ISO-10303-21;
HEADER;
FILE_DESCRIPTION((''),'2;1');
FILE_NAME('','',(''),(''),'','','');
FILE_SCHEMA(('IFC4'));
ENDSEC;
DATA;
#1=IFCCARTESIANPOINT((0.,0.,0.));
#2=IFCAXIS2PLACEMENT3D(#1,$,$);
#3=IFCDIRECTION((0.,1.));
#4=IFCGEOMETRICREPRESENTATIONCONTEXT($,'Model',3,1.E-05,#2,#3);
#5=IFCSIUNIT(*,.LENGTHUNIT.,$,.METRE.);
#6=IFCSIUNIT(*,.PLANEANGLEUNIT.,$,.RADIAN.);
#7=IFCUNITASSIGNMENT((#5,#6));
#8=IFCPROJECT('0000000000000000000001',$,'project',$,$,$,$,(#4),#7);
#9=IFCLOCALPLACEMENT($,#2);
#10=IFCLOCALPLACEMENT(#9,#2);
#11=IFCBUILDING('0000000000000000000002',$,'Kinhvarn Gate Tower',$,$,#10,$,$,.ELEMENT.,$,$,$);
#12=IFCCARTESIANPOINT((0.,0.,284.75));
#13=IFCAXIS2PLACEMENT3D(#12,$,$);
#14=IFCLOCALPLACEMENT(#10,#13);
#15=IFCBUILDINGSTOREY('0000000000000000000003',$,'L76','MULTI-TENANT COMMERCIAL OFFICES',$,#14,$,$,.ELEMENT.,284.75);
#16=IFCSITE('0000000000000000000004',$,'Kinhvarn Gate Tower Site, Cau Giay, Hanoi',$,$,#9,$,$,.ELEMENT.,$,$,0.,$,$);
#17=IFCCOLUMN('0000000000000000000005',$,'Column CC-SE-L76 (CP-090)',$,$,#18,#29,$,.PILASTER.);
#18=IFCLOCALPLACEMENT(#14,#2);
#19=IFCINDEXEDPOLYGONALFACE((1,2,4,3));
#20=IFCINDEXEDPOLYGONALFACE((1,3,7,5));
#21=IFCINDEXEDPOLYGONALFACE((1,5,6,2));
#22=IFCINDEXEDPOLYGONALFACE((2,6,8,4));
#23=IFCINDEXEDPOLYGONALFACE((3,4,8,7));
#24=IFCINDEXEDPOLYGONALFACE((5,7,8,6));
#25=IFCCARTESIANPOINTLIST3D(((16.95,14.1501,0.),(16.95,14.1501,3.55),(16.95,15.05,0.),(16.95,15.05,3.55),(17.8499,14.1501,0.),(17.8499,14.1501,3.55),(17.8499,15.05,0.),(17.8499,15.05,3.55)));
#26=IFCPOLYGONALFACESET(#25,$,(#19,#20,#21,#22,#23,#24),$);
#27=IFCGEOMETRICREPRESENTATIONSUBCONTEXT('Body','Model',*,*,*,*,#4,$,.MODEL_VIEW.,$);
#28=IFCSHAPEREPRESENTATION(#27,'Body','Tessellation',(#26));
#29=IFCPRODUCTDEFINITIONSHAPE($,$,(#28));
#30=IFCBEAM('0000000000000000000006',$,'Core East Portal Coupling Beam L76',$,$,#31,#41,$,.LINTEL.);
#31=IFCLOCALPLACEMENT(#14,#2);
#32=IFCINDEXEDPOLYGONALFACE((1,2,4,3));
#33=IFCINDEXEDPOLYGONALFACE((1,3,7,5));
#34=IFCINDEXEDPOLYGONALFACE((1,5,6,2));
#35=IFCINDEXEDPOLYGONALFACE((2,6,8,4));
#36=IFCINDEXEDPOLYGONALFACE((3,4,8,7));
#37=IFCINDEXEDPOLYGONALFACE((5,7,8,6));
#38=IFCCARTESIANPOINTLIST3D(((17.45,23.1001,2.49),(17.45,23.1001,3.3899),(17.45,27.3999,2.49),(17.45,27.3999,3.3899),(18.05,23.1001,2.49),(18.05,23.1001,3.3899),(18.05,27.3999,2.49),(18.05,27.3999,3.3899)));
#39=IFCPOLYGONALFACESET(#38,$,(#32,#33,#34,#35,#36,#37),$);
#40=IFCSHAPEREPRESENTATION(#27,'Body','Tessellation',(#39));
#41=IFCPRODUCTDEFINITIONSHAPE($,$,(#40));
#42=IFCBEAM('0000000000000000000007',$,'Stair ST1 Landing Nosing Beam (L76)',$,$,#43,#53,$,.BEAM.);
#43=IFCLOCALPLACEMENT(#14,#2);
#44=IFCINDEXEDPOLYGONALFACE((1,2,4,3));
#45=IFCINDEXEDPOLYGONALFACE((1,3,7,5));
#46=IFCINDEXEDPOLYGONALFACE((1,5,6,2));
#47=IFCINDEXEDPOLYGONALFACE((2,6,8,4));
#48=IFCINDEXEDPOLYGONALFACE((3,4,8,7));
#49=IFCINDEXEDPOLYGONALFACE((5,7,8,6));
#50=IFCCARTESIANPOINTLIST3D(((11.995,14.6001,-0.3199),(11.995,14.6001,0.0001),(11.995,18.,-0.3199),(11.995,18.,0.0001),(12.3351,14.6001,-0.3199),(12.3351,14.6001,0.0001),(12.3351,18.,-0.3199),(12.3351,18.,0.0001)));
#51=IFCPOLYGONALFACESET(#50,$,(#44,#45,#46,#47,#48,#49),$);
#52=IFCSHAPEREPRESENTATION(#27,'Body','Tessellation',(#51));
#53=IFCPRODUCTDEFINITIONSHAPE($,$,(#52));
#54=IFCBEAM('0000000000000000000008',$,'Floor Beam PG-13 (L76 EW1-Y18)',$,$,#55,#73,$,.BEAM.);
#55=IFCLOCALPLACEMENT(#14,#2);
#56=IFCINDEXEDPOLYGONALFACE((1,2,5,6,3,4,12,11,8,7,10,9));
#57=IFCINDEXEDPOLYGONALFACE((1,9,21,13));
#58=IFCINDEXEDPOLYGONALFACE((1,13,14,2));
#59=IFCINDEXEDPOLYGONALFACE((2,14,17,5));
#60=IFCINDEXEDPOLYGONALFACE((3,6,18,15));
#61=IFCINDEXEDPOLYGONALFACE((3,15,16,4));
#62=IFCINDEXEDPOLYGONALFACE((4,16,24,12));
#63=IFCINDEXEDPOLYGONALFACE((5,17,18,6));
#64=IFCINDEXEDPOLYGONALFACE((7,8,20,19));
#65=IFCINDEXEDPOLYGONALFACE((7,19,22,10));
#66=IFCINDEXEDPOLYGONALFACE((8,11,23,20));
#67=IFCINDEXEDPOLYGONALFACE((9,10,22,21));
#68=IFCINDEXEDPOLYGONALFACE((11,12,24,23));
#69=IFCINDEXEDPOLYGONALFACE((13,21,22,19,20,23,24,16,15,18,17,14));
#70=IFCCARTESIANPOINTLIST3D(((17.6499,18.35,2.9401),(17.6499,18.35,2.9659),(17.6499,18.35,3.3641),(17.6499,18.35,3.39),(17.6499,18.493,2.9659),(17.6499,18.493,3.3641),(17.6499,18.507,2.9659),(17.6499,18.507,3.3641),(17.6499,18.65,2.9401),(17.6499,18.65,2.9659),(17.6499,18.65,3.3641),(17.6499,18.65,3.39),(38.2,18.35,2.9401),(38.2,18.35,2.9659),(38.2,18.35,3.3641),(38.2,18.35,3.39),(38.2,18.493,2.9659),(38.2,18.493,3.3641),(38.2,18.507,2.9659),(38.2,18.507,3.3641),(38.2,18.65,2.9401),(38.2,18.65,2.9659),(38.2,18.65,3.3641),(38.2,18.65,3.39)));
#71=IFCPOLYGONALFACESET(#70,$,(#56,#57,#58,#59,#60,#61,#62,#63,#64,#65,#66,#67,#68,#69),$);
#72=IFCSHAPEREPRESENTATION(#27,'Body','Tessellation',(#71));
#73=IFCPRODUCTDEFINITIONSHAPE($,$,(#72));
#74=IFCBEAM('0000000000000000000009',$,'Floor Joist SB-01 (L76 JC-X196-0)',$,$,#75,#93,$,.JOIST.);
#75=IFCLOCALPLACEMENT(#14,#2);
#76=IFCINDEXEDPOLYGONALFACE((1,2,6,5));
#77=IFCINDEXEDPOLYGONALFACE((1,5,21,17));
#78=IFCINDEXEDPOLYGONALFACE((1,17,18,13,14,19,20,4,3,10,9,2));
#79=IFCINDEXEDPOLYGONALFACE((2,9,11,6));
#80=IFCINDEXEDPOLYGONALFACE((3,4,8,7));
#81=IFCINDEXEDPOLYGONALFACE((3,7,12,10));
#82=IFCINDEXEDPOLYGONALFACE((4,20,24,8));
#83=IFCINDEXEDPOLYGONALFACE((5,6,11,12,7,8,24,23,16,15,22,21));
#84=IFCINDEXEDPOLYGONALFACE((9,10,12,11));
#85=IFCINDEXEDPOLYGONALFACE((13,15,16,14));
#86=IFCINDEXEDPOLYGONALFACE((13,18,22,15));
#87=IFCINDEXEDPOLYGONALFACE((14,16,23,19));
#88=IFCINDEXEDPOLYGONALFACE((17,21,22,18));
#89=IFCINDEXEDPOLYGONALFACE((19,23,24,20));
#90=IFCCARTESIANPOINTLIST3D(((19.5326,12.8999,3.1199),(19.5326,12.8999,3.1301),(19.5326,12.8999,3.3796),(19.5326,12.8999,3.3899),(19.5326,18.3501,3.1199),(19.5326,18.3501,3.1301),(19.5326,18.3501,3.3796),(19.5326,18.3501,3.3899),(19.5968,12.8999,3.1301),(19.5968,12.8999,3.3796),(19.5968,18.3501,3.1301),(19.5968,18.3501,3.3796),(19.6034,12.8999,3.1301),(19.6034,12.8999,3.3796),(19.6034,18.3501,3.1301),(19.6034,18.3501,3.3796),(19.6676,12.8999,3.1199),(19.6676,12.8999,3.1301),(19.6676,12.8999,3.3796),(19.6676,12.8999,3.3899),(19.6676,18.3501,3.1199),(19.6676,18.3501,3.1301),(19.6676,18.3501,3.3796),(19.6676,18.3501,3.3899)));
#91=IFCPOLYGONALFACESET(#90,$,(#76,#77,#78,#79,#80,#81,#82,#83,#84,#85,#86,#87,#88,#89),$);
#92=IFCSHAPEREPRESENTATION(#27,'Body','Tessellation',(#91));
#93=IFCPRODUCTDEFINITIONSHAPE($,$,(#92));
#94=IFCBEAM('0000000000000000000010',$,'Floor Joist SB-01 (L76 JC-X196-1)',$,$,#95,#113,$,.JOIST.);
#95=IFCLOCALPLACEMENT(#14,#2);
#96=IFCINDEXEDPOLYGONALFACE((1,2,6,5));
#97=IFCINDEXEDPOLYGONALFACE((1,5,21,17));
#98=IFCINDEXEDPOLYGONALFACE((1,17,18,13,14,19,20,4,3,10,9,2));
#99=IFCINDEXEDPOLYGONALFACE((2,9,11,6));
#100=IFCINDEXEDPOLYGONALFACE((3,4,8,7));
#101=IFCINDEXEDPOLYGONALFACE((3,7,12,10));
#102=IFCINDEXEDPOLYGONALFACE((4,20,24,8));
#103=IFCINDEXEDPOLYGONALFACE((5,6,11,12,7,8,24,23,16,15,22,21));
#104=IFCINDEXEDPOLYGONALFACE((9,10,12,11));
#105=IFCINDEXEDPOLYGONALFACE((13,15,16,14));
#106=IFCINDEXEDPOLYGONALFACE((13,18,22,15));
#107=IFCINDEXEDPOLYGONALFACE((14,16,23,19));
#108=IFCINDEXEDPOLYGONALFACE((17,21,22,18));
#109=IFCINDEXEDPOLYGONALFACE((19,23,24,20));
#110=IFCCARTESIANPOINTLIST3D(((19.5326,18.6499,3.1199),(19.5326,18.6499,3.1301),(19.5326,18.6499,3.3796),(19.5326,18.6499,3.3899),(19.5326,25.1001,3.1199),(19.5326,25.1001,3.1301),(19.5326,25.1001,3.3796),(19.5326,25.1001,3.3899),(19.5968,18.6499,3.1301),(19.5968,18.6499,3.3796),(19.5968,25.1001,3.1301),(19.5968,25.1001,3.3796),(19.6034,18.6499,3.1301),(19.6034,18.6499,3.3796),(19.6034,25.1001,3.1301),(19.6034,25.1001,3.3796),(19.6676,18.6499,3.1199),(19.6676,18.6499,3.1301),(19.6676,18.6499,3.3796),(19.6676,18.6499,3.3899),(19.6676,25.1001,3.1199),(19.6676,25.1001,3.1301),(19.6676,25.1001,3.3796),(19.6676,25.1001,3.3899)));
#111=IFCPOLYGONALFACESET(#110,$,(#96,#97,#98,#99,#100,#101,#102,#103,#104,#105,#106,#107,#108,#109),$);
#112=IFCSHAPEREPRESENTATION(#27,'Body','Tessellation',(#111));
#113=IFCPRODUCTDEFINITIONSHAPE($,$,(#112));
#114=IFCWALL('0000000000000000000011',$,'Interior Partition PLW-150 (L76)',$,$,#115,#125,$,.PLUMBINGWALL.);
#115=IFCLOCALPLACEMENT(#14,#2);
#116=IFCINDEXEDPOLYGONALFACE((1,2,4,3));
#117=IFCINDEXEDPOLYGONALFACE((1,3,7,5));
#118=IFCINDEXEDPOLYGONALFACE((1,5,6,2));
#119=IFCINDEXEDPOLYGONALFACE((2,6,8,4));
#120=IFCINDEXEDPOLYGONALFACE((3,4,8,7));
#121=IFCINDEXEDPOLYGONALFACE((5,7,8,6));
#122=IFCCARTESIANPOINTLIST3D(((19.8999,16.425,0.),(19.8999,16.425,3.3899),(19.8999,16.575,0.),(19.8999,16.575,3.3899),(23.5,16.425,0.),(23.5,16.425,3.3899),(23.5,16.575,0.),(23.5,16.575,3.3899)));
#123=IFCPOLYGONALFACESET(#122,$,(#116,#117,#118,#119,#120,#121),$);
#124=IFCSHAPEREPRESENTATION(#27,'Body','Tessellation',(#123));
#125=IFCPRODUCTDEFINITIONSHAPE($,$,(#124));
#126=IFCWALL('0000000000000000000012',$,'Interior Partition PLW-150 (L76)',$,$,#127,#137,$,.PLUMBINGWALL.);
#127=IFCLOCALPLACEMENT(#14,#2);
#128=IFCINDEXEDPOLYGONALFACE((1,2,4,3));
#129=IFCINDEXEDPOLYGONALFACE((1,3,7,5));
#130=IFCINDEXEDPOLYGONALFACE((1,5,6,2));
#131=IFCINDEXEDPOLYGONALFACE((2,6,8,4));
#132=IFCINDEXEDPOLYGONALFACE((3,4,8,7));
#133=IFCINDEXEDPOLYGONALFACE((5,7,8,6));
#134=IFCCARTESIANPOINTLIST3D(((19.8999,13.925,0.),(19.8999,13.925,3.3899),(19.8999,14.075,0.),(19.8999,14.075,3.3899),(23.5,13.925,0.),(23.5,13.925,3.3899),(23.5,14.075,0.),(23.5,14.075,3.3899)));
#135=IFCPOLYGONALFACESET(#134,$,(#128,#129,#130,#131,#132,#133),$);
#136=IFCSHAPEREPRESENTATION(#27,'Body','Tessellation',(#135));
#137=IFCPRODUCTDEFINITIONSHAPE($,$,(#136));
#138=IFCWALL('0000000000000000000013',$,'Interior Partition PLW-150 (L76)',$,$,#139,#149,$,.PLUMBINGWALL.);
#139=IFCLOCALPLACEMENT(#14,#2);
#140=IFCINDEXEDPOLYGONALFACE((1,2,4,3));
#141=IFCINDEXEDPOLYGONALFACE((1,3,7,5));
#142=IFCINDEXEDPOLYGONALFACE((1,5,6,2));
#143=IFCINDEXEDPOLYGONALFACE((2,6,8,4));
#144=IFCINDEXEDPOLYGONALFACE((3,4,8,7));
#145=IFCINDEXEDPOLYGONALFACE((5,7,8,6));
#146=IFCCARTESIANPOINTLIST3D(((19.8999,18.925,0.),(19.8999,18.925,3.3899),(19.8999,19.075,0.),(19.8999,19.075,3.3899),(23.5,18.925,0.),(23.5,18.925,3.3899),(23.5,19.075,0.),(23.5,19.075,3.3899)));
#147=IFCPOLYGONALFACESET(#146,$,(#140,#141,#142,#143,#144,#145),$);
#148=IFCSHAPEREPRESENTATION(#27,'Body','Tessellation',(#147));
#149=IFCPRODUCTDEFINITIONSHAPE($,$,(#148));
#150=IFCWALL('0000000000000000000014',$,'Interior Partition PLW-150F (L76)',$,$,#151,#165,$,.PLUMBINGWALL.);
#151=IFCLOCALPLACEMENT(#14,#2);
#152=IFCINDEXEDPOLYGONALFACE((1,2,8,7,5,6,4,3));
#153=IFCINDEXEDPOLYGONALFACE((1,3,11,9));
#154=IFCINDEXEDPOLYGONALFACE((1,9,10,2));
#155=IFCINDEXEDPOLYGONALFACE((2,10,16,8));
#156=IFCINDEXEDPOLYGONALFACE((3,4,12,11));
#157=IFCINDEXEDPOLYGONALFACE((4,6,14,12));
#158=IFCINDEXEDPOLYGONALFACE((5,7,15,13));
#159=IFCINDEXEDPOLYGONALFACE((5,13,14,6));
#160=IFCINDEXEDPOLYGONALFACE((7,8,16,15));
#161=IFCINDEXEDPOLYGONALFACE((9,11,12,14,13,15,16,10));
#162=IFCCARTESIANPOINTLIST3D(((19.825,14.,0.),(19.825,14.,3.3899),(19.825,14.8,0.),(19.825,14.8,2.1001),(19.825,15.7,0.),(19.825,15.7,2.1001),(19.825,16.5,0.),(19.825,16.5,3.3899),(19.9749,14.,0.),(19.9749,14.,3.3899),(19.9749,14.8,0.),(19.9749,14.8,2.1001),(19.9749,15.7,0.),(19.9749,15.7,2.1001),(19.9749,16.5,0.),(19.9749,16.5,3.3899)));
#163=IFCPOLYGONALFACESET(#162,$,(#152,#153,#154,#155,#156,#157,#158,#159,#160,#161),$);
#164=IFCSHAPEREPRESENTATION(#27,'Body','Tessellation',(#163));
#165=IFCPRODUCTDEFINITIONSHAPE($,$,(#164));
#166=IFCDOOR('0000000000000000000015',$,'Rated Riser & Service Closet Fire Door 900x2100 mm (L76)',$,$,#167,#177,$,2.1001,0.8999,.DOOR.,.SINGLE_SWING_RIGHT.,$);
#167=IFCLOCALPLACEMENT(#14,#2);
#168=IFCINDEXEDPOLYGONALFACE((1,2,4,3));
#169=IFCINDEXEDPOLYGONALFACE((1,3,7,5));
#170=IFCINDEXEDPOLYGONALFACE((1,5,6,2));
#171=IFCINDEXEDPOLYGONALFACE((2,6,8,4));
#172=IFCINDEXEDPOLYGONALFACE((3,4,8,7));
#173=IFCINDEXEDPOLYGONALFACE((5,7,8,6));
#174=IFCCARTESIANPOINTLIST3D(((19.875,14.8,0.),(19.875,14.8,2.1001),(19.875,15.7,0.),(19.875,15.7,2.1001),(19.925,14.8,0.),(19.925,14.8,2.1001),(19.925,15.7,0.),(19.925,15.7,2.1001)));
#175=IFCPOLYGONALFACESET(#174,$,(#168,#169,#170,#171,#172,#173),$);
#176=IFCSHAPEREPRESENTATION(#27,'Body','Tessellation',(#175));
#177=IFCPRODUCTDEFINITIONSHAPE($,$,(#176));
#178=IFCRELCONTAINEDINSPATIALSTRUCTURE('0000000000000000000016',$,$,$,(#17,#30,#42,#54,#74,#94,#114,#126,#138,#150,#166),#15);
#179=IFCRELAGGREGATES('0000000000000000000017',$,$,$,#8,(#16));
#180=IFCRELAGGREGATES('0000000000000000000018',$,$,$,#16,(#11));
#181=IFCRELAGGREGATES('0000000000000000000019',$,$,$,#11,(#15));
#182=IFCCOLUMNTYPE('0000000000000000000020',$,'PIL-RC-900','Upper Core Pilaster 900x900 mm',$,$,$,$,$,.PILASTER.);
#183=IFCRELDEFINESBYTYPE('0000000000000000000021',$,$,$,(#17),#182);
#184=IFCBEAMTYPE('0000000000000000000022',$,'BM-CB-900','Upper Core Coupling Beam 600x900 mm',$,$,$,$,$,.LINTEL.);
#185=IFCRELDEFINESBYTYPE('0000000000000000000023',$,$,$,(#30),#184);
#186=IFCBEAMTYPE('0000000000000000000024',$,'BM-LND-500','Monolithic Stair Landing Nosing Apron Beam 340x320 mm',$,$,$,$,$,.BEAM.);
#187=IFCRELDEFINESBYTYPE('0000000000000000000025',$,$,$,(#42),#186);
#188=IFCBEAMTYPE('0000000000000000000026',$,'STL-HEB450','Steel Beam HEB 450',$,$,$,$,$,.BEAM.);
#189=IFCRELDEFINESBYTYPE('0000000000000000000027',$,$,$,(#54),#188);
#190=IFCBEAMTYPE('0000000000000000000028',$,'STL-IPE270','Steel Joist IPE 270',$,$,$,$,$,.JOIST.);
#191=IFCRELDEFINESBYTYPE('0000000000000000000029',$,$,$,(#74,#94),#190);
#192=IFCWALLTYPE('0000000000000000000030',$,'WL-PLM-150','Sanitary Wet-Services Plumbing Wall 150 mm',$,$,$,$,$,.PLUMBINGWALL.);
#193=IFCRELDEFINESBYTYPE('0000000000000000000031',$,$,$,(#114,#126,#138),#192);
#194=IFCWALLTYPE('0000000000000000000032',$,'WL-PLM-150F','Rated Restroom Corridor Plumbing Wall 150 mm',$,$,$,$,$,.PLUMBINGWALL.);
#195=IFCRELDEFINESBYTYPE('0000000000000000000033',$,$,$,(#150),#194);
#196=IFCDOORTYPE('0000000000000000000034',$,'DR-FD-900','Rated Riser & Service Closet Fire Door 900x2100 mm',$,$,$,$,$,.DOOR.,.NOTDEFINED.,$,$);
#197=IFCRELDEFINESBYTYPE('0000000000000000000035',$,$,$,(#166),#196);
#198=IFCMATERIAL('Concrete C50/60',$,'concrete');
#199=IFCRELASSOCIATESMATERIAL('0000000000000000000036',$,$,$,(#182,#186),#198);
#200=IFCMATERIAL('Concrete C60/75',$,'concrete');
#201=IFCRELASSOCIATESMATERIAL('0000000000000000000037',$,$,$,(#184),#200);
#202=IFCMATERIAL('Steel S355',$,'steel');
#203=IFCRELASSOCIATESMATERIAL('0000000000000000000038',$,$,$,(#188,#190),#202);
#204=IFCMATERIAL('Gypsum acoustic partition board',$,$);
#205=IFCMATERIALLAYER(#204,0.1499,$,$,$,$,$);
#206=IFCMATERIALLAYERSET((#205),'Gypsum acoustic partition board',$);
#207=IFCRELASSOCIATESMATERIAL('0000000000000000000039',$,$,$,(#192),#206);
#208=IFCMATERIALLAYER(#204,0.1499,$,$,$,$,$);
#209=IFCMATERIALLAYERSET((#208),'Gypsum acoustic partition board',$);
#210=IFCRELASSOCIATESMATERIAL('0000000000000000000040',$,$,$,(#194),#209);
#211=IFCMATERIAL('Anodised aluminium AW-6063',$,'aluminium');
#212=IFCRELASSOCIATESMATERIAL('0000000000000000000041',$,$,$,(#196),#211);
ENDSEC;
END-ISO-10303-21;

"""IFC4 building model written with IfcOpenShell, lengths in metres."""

from ifc_helpers import new_model, si_unit, direction, frame, frame_2d, origin, origin_2d, place, context, subcontext, project, spatial, rectangle, i_section, extrude, material, layer, layer_set, material_profile, profile_set, type_object, element, fill, save


model = new_model("IFC4")

# Units and contexts
model_context = context("Model", 3, precision=1e-05, world=origin(), true_north=direction((0.0, 1.0)))
body_context = subcontext(model_context, "Body", "Model", "MODEL_VIEW")
ifc_project = project(units=[si_unit("LENGTHUNIT", "METRE"), si_unit("PLANEANGLEUNIT", "RADIAN")], contexts=[model_context])

# Site, building, storey
site_placement = place(None, origin())
site = spatial("IfcSite", under=ifc_project, at=site_placement, Name="Kinhvarn Gate Tower Site, Cau Giay, Hanoi", CompositionType="ELEMENT", RefElevation=0.0)
building_placement = place(site_placement, origin())
building = spatial("IfcBuilding", under=site, at=building_placement, Name="Kinhvarn Gate Tower", CompositionType="ELEMENT")
storey_placement = place(building_placement, frame((0.0, 0.0, 284.75)))
storey = spatial("IfcBuildingStorey", under=building, at=storey_placement, Name="L76", Description="MULTI-TENANT COMMERCIAL OFFICES", CompositionType="ELEMENT", Elevation=284.75)

# Column
ifc_material_1 = material(Name="Concrete C50/60", Category="concrete")
ifc_material_profile_1 = material_profile(ifc_material_1, rectangle(XDim=0.8999, YDim=0.8999, at=origin_2d()), Name="RC 900x900")
ifc_profile_set_1 = profile_set([ifc_material_profile_1], Name="Concrete C50/60")
column_type = type_object("IfcColumnType", Name="PIL-RC-900", Description="Upper Core Pilaster 900x900 mm", PredefinedType="PILASTER", material=ifc_profile_set_1)
column_placement = place(storey_placement, frame((17.3999, 14.6001, 0.0), z_axis=(0.0, 0.0, 1.0), x_axis=(1.0, 0.0, 0.0)))
element("IfcColumn", 1, at=column_placement, inside=storey, type_object=column_type, Name="Column CC-SE-L76 (CP-090)", PredefinedType="PILASTER", context=body_context, shape_type="SweptSolid", body=[
    extrude(rectangle(XDim=0.8999, YDim=0.8999, at=origin_2d()), origin(), (0.0, 0.0, 1.0), 3.55),
])

# Beams
ifc_material_2 = material(Name="Concrete C60/75", Category="concrete")
ifc_material_profile_2 = material_profile(ifc_material_2, rectangle(XDim=0.6001, YDim=0.8999, at=origin_2d()), Name="RC 600x900")
ifc_profile_set_2 = profile_set([ifc_material_profile_2], Name="Concrete C60/75")
beam_type_1 = type_object("IfcBeamType", Name="BM-CB-900", Description="Upper Core Coupling Beam 600x900 mm", PredefinedType="LINTEL", material=ifc_profile_set_2)
beam_1_placement = place(storey_placement, frame((17.75, 23.1001, 2.9399), z_axis=(0.0, 1.0, 0.0), x_axis=(-1.0, 0.0, 0.0)))
element("IfcBeam", 2, at=beam_1_placement, inside=storey, type_object=beam_type_1, Name="Core East Portal Coupling Beam L76", PredefinedType="LINTEL", context=body_context, shape_type="SweptSolid", body=[
    extrude(rectangle(XDim=0.6001, YDim=0.8999, at=origin_2d()), origin(), (0.0, 0.0, 1.0), 4.2998),
])
ifc_material_profile_3 = material_profile(ifc_material_1, rectangle(XDim=0.3401, YDim=0.3201, at=origin_2d()), Name="RC 340x320")
ifc_profile_set_3 = profile_set([ifc_material_profile_3], Name="Concrete C50/60")
beam_type_2 = type_object("IfcBeamType", Name="BM-LND-500", Description="Monolithic Stair Landing Nosing Apron Beam 340x320 mm", PredefinedType="BEAM", material=ifc_profile_set_3)
beam_2_placement = place(storey_placement, frame((12.165, 14.6001, -0.1599), z_axis=(0.0, 1.0, 0.0), x_axis=(-1.0, 0.0, 0.0)))
element("IfcBeam", 3, at=beam_2_placement, inside=storey, type_object=beam_type_2, Name="Stair ST1 Landing Nosing Beam (L76)", PredefinedType="BEAM", context=body_context, shape_type="SweptSolid", body=[
    extrude(rectangle(XDim=0.3401, YDim=0.3201, at=origin_2d()), origin(), (0.0, 0.0, 1.0), 3.3999),
])
ifc_material_3 = material(Name="Steel S355", Category="steel")
ifc_material_profile_4 = material_profile(ifc_material_3, i_section(OverallWidth=0.3, OverallDepth=0.45, WebThickness=0.0139, FlangeThickness=0.0259, at=origin_2d()), Name="HEB 450")
ifc_profile_set_4 = profile_set([ifc_material_profile_4], Name="Steel S355")
beam_type_3 = type_object("IfcBeamType", Name="STL-HEB450", Description="Steel Beam HEB 450", PredefinedType="BEAM", material=ifc_profile_set_4)
beam_3_placement = place(storey_placement, frame((17.6499, 18.5, 3.165), z_axis=(1.0, 0.0, 0.0), x_axis=(0.0, 1.0, 0.0)))
element("IfcBeam", 4, at=beam_3_placement, inside=storey, type_object=beam_type_3, Name="Floor Beam PG-13 (L76 EW1-Y18)", PredefinedType="BEAM", context=body_context, shape_type="SweptSolid", body=[
    extrude(i_section(OverallWidth=0.3, OverallDepth=0.45, WebThickness=0.0139, FlangeThickness=0.0259, at=origin_2d()), origin(), (0.0, 0.0, 1.0), 20.55),
])
ifc_material_profile_5 = material_profile(ifc_material_3, i_section(OverallWidth=0.135, OverallDepth=0.27, WebThickness=0.0066, FlangeThickness=0.0103, at=origin_2d()), Name="IPE 270")
ifc_profile_set_5 = profile_set([ifc_material_profile_5], Name="Steel S355")
beam_type_4 = type_object("IfcBeamType", Name="STL-IPE270", Description="Steel Joist IPE 270", PredefinedType="JOIST", material=ifc_profile_set_5)
beam_4_placement = place(storey_placement, frame((19.6001, 12.8999, 3.2549), z_axis=(0.0, 1.0, 0.0), x_axis=(-1.0, 0.0, 0.0)))
element("IfcBeam", 5, at=beam_4_placement, inside=storey, type_object=beam_type_4, Name="Floor Joist SB-01 (L76 JC-X196-0)", PredefinedType="JOIST", context=body_context, shape_type="SweptSolid", body=[
    extrude(i_section(OverallWidth=0.135, OverallDepth=0.27, WebThickness=0.0066, FlangeThickness=0.0103, at=origin_2d()), origin(), (0.0, 0.0, 1.0), 5.4502),
])
beam_5_placement = place(storey_placement, frame((19.6001, 18.6499, 3.2549), z_axis=(0.0, 1.0, 0.0), x_axis=(-1.0, 0.0, 0.0)))
element("IfcBeam", 6, at=beam_5_placement, inside=storey, type_object=beam_type_4, Name="Floor Joist SB-01 (L76 JC-X196-1)", PredefinedType="JOIST", context=body_context, shape_type="SweptSolid", body=[
    extrude(i_section(OverallWidth=0.135, OverallDepth=0.27, WebThickness=0.0066, FlangeThickness=0.0103, at=origin_2d()), origin(), (0.0, 0.0, 1.0), 6.4502),
])

# Shared definitions
ifc_material_4 = material(Name="Anodised aluminium AW-6063", Category="aluminium")

# Walls
ifc_material_5 = material(Name="Gypsum acoustic partition board")
ifc_layer_1 = layer(ifc_material_5, 0.1499)
ifc_layer_set_1 = layer_set([ifc_layer_1], Name="Gypsum acoustic partition board")
wall_type_1 = type_object("IfcWallType", Name="WL-PLM-150", Description="Sanitary Wet-Services Plumbing Wall 150 mm", PredefinedType="PLUMBINGWALL", material=ifc_layer_set_1)
for number, where, z_axis, x_axis, name in (
    (7, (19.8999, 16.5, 0.0), (0.0, 0.0, 1.0), (1.0, 0.0, 0.0), "Interior Partition PLW-150 (L76)"),
    (8, (19.8999, 14.0, 0.0), (0.0, 0.0, 1.0), (1.0, 0.0, 0.0), "Interior Partition PLW-150 (L76)"),
    (9, (19.8999, 19.0, 0.0), (0.0, 0.0, 1.0), (1.0, 0.0, 0.0), "Interior Partition PLW-150 (L76)"),
):
    element("IfcWall", number, at=place(storey_placement, frame(where, z_axis=z_axis, x_axis=x_axis)), inside=storey, type_object=wall_type_1, Name=name, PredefinedType="PLUMBINGWALL", context=body_context, shape_type="SweptSolid", body=[
        extrude(rectangle(XDim=3.6001, YDim=0.1499, at=frame_2d((1.8, 0.0))), origin(), (0.0, 0.0, 1.0), 3.3899),
    ])

# Wall, opening, door
ifc_layer_2 = layer(ifc_material_5, 0.1499)
ifc_layer_set_2 = layer_set([ifc_layer_2], Name="Gypsum acoustic partition board")
wall_type_2 = type_object("IfcWallType", Name="WL-PLM-150F", Description="Rated Restroom Corridor Plumbing Wall 150 mm", PredefinedType="PLUMBINGWALL", material=ifc_layer_set_2)
wall_1_placement = place(storey_placement, frame((19.8999, 14.0, 0.0), z_axis=(0.0, 0.0, 1.0), x_axis=(0.0, 1.0, 0.0)))
wall_1 = element("IfcWall", 10, at=wall_1_placement, inside=storey, type_object=wall_type_2, Name="Interior Partition PLW-150F (L76)", PredefinedType="PLUMBINGWALL", context=body_context, shape_type="SweptSolid", body=[
    extrude(rectangle(XDim=2.5, YDim=0.1499, at=frame_2d((1.25, 0.0))), origin(), (0.0, 0.0, 1.0), 3.3899),
])
opening_1_placement = place(wall_1_placement, frame((0.8, 0.0, 0.0)))
opening_1 = element("IfcOpeningElement", 11, at=opening_1_placement, cuts=wall_1, PredefinedType="OPENING", context=body_context, shape_type="SweptSolid", body=[
    extrude(rectangle(XDim=0.8999, YDim=2.1001, at=frame_2d((0.45, 1.05))), frame((0.0, 0.085, 0.0), z_axis=(0.0, -1.0, 0.0), x_axis=(1.0, 0.0, 0.0)), (0.0, 0.0, 1.0), 0.1699),
])
door_type_1 = type_object("IfcDoorType", Name="DR-FD-900", Description="Rated Riser & Service Closet Fire Door 900x2100 mm", OperationType="NOTDEFINED", PredefinedType="DOOR", material=ifc_material_4)
door_1_placement = place(opening_1_placement, origin())
door_1 = element("IfcDoor", 12, at=door_1_placement, inside=storey, type_object=door_type_1, Name="Rated Riser & Service Closet Fire Door 900x2100 mm (L76)", OperationType="SINGLE_SWING_RIGHT", OverallHeight=2.1001, OverallWidth=0.8999, PredefinedType="DOOR", context=body_context, shape_type="SweptSolid", body=[
    extrude(rectangle(XDim=0.8999, YDim=2.1001, at=frame_2d((0.45, 1.05))), frame((0.0, 0.0249, 0.0), z_axis=(0.0, -1.0, 0.0), x_axis=(1.0, 0.0, 0.0)), (0.0, 0.0, 1.0), 0.05),
])
fill(opening_1, door_1)

save(model, "model.ifc")
